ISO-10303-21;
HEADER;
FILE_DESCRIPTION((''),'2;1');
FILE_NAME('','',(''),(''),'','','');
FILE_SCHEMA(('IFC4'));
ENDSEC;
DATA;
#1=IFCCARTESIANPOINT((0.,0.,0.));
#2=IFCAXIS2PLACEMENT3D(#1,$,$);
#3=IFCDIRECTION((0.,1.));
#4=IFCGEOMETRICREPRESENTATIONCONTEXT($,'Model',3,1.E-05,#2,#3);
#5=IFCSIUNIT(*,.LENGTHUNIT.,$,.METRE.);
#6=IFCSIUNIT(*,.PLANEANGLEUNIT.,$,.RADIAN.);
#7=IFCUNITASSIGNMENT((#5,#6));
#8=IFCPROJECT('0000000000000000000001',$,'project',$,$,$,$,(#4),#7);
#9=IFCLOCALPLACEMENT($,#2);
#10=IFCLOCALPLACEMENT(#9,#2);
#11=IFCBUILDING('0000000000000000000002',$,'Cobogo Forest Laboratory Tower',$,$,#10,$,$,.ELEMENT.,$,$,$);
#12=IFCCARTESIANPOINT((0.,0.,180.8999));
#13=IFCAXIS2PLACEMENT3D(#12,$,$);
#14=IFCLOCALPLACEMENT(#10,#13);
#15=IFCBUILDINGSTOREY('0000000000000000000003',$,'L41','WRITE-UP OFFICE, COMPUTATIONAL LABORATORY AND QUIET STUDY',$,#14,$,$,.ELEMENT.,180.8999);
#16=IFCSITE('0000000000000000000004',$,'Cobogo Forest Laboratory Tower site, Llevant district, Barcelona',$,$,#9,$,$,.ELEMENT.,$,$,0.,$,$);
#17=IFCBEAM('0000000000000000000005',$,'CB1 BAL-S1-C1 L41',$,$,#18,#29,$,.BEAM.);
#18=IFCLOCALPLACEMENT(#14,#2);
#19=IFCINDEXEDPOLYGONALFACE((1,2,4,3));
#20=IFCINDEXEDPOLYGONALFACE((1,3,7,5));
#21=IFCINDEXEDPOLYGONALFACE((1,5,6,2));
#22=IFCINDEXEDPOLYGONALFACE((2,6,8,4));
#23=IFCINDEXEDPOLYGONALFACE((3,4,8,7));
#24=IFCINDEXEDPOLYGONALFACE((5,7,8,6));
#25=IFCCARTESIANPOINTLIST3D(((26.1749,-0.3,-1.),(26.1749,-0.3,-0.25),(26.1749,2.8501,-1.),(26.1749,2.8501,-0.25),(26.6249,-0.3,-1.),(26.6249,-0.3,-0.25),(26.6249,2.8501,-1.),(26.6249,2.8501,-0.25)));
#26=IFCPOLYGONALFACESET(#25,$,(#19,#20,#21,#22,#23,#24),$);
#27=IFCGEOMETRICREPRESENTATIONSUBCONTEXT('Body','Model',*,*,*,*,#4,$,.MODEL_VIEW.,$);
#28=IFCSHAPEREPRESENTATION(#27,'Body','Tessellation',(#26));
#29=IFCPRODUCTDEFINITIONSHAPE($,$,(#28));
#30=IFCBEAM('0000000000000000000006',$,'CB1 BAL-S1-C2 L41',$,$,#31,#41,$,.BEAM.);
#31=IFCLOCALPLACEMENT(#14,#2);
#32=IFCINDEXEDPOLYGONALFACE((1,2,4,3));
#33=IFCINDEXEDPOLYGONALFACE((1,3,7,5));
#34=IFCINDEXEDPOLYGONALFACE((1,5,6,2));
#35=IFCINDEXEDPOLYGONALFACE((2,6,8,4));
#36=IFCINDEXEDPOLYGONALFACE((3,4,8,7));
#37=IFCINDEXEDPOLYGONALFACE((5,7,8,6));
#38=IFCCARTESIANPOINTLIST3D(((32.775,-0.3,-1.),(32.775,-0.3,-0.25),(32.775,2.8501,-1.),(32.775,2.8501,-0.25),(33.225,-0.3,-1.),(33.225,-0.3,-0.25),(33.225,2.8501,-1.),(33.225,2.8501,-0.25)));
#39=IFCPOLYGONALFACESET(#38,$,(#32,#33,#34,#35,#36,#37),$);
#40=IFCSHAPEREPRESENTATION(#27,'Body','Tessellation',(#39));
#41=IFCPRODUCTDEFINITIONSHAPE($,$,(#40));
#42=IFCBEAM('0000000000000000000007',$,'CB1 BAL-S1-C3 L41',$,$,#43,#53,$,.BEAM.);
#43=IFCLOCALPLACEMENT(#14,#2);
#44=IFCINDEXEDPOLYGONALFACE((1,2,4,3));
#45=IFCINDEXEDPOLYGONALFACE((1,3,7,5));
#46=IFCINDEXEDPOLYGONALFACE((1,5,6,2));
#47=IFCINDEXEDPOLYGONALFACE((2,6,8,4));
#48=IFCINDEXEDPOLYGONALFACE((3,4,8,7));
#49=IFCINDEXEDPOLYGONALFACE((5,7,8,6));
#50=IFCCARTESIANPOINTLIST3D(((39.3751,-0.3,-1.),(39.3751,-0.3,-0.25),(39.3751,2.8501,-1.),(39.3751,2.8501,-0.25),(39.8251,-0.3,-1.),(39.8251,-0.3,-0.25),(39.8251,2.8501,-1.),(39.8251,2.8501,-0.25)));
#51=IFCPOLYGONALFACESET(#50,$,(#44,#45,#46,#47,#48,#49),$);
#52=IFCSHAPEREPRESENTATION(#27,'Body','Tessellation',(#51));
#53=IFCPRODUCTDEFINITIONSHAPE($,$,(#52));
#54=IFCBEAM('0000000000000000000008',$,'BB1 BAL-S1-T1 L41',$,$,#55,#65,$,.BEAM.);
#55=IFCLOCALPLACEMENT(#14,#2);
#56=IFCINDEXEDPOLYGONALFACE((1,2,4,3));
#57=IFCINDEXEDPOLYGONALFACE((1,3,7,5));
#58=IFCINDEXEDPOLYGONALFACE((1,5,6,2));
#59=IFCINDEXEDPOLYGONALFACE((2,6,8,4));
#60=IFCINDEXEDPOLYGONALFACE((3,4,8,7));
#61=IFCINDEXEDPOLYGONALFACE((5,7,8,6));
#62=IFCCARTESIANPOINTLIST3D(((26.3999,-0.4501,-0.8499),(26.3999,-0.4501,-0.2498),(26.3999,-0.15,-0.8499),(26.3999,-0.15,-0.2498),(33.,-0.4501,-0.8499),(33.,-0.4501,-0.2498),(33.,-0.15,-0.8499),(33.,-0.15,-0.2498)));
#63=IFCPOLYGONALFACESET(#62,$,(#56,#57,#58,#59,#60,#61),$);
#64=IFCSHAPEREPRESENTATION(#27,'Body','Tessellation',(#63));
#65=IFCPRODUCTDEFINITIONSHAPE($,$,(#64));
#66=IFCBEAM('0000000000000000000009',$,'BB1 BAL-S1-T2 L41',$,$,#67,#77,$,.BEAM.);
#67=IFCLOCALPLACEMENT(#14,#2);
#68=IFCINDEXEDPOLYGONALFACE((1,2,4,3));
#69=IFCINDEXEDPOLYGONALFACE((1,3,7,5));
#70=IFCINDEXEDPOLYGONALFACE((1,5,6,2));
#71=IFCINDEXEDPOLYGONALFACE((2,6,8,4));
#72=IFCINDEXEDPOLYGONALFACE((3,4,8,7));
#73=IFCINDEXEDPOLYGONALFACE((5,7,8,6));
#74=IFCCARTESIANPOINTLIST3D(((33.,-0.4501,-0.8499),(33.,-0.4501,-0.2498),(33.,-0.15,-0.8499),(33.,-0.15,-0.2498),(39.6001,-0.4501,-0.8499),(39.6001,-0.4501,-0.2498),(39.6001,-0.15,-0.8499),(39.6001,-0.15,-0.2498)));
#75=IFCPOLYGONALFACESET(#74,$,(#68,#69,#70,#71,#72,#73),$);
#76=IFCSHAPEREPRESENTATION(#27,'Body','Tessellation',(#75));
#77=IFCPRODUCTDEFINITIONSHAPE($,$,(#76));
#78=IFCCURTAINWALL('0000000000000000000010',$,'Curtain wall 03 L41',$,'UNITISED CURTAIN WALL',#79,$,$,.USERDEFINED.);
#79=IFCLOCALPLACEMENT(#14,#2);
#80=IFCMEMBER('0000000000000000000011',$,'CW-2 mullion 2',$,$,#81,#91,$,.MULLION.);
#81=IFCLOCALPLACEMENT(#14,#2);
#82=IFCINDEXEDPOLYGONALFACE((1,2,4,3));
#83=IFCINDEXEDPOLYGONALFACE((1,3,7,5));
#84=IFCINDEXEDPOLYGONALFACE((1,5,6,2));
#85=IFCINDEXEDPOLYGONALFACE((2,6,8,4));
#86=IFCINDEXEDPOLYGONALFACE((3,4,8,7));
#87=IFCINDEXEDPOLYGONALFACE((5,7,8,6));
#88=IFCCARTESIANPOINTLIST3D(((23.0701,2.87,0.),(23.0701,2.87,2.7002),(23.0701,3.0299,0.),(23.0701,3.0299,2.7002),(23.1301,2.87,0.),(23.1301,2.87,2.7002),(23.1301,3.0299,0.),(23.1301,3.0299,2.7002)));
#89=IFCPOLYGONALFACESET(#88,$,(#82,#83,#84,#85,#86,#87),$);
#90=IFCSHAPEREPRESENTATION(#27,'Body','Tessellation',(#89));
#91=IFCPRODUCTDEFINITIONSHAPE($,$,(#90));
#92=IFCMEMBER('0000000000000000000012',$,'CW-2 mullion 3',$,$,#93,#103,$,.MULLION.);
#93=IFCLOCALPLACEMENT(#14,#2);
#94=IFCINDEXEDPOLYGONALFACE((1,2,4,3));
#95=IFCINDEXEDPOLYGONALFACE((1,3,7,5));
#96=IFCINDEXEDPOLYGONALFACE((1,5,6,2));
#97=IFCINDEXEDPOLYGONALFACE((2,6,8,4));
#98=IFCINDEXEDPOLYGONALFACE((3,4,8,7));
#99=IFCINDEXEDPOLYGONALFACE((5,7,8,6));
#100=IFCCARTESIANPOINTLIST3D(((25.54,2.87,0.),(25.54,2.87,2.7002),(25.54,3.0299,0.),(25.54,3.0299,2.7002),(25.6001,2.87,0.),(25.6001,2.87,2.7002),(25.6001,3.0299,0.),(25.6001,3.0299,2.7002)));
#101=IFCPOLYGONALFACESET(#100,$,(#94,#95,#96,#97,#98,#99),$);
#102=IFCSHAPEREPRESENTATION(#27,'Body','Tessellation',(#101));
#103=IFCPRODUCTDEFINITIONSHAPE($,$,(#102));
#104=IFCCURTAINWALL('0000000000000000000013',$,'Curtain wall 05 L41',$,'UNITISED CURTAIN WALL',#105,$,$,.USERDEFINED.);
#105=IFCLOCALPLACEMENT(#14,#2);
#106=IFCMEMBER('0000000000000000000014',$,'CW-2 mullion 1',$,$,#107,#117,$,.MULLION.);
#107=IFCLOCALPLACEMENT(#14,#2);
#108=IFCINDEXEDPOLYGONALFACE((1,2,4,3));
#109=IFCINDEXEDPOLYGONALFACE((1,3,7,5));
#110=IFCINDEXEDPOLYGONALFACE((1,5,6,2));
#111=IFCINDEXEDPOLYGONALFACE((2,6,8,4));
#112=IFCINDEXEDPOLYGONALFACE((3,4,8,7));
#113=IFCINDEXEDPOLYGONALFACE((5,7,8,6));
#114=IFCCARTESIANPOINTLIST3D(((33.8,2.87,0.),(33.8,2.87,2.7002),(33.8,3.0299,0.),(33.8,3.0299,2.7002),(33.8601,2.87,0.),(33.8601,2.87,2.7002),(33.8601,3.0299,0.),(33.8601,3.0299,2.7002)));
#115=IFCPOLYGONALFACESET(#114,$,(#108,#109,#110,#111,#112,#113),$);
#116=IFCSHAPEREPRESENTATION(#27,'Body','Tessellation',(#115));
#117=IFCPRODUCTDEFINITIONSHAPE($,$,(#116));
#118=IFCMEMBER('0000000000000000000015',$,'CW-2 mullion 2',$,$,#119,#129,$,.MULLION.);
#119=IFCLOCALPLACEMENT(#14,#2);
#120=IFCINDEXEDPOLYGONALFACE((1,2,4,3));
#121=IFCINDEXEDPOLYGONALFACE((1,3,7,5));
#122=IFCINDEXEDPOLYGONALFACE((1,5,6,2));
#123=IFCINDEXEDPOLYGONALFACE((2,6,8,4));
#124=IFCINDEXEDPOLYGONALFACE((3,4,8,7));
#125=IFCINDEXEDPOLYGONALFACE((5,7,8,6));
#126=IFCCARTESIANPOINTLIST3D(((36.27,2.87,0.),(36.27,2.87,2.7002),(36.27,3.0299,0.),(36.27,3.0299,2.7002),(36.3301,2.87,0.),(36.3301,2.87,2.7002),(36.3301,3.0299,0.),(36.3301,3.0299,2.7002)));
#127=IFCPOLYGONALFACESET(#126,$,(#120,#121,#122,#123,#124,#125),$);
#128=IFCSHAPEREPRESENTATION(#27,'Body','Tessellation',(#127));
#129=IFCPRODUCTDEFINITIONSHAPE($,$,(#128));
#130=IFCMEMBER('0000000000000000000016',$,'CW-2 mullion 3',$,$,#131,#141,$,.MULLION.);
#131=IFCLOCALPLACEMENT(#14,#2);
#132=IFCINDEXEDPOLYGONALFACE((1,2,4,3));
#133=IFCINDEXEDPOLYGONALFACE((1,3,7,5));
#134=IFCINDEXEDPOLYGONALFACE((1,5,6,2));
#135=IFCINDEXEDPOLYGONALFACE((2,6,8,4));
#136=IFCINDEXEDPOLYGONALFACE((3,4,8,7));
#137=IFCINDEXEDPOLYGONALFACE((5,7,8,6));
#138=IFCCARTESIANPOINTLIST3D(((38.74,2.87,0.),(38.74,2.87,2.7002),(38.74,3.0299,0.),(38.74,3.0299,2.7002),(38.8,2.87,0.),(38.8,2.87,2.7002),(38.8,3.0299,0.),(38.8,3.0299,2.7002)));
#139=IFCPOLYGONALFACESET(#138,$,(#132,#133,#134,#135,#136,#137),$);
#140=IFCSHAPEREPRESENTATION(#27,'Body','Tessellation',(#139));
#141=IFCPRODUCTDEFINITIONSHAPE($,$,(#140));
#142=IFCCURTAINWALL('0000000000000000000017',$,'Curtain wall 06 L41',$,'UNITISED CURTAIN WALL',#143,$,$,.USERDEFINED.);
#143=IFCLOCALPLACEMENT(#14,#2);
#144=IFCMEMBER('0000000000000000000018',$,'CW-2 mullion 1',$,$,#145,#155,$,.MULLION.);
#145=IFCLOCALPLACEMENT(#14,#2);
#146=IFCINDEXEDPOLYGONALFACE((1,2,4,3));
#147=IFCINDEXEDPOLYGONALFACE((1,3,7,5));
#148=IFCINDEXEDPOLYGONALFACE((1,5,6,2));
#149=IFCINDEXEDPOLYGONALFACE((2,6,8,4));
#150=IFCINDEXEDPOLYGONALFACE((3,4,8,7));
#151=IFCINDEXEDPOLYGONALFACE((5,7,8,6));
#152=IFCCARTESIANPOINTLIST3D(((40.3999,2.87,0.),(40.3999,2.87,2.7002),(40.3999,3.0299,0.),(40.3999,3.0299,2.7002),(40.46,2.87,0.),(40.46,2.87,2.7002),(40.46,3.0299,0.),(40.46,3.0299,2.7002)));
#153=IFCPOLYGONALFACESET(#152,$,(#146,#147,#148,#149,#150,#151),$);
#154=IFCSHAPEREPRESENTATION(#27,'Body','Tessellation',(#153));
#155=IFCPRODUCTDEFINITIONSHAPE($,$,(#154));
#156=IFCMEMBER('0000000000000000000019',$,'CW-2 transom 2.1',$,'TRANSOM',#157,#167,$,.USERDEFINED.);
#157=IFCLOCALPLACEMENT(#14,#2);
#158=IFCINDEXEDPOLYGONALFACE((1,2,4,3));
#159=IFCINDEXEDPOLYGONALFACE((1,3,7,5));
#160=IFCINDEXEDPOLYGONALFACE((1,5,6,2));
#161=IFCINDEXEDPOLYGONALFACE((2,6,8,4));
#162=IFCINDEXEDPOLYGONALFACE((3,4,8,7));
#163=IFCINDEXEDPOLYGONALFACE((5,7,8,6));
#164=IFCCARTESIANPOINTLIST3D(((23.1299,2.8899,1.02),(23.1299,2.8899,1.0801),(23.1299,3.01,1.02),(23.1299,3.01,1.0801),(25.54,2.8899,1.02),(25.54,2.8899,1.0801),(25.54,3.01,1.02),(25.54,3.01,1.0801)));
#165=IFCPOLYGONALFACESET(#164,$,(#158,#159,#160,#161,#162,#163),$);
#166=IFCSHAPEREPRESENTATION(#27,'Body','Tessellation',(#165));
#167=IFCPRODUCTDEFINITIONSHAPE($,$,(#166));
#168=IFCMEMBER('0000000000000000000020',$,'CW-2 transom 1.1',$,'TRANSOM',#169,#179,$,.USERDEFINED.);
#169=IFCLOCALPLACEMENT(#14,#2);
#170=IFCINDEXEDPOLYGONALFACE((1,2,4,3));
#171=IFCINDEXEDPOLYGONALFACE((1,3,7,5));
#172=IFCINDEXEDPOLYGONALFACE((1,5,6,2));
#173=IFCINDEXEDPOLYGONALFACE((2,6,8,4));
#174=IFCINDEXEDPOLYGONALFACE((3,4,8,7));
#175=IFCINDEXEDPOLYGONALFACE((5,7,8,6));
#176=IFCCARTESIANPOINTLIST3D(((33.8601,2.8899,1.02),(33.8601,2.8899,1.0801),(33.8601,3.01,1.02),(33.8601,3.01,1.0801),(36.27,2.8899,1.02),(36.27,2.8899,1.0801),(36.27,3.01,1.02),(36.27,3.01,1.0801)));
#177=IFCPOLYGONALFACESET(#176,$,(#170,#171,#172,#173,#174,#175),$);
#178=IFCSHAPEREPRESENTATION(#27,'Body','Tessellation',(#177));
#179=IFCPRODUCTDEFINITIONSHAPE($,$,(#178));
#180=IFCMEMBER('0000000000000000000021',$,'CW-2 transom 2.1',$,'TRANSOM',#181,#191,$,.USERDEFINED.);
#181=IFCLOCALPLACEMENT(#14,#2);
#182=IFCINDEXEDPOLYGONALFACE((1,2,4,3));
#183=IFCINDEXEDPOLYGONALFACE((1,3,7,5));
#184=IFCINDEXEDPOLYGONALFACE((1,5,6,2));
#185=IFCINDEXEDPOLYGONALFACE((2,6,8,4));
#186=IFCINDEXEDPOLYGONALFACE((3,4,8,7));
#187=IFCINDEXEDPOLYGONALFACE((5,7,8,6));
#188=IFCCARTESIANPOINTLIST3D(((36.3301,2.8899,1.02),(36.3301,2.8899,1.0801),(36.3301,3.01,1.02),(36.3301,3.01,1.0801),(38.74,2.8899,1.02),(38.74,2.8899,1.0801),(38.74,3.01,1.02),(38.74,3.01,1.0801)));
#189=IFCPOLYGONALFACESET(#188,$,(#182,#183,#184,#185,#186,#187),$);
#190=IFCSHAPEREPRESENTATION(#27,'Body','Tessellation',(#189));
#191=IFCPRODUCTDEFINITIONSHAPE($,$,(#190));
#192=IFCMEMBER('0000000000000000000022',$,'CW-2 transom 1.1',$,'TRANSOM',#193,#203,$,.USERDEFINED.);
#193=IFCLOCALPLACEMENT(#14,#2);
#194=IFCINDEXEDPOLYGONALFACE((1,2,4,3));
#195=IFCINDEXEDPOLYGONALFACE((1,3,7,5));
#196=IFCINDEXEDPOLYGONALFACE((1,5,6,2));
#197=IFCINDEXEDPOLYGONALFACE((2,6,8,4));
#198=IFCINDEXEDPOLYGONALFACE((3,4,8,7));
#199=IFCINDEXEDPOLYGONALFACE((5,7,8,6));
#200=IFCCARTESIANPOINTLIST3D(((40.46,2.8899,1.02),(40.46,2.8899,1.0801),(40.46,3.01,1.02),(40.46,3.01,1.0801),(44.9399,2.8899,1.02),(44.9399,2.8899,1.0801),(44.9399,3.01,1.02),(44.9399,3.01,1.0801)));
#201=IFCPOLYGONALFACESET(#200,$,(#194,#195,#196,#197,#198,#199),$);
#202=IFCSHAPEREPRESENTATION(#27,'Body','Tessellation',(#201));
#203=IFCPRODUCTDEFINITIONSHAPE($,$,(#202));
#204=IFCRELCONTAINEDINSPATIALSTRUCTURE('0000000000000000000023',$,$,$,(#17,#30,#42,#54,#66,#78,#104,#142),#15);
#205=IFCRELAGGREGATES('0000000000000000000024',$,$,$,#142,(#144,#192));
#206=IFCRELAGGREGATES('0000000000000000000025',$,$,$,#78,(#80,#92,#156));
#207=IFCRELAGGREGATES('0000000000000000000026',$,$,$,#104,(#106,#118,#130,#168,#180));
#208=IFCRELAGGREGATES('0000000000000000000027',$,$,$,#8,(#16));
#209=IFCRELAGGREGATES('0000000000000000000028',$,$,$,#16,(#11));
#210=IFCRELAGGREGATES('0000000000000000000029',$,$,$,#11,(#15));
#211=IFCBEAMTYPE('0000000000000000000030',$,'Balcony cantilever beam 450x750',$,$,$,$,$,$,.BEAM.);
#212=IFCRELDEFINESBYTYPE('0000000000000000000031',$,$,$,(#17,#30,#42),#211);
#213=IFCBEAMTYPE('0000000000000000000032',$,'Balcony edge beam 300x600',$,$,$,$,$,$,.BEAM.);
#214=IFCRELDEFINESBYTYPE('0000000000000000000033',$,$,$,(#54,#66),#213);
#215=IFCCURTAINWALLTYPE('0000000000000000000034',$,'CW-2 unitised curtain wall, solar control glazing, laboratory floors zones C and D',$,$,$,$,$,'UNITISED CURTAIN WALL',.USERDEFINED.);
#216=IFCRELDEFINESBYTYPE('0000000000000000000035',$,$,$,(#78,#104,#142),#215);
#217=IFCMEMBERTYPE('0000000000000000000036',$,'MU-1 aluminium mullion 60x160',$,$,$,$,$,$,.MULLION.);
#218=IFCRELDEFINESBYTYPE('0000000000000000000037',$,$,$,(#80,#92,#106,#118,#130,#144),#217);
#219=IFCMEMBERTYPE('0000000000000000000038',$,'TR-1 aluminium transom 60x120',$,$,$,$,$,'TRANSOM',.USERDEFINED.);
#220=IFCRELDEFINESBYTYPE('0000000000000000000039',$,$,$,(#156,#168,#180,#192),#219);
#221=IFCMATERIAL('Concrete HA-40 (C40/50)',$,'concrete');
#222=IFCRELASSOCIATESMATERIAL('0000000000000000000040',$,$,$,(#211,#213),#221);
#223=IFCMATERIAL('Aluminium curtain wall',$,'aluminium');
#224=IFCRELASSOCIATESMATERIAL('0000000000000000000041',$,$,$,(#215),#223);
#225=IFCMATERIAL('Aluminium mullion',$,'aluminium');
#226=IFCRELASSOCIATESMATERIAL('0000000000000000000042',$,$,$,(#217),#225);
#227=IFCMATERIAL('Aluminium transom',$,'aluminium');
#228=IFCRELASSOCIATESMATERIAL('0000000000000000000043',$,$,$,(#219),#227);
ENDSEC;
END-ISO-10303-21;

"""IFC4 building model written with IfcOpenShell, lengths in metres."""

from ifc_helpers import new_model, si_unit, direction, frame, origin, origin_2d, place, context, subcontext, project, spatial, rectangle, extrude, material, material_profile, profile_set, type_object, element, aggregate, save


model = new_model("IFC4")

# Units and contexts
model_context = context("Model", 3, precision=1e-05, world=origin(), true_north=direction((0.0, 1.0)))
body_context = subcontext(model_context, "Body", "Model", "MODEL_VIEW")
ifc_project = project(units=[si_unit("LENGTHUNIT", "METRE"), si_unit("PLANEANGLEUNIT", "RADIAN")], contexts=[model_context])

# Site, building, storey
site_placement = place(None, origin())
site = spatial("IfcSite", under=ifc_project, at=site_placement, Name="Cobogo Forest Laboratory Tower site, Llevant district, Barcelona", CompositionType="ELEMENT", RefElevation=0.0)
building_placement = place(site_placement, origin())
building = spatial("IfcBuilding", under=site, at=building_placement, Name="Cobogo Forest Laboratory Tower", CompositionType="ELEMENT")
storey_placement = place(building_placement, frame((0.0, 0.0, 180.8999)))
storey = spatial("IfcBuildingStorey", under=building, at=storey_placement, Name="L41", Description="WRITE-UP OFFICE, COMPUTATIONAL LABORATORY AND QUIET STUDY", CompositionType="ELEMENT", Elevation=180.8999)

# Beams
ifc_material_1 = material(Name="Concrete HA-40 (C40/50)", Category="concrete")
ifc_material_profile_1 = material_profile(ifc_material_1, rectangle(XDim=0.45, YDim=0.75, at=origin_2d()), Name="RC 450x750")
ifc_profile_set_1 = profile_set([ifc_material_profile_1], Name="Concrete HA-40 (C40/50)")
beam_type_1 = type_object("IfcBeamType", Name="Balcony cantilever beam 450x750", PredefinedType="BEAM", material=ifc_profile_set_1)
for number, where, z_axis, x_axis, name in (
    (1, (26.3999, 2.8501, -0.625), (0.0, -1.0, 0.0), (1.0, 0.0, 0.0), "CB1 BAL-S1-C1 L41"),
    (2, (33.0, 2.8501, -0.625), (0.0, -1.0, 0.0), (1.0, 0.0, 0.0), "CB1 BAL-S1-C2 L41"),
    (3, (39.6001, 2.8501, -0.625), (0.0, -1.0, 0.0), (1.0, 0.0, 0.0), "CB1 BAL-S1-C3 L41"),
):
    element("IfcBeam", number, at=place(storey_placement, frame(where, z_axis=z_axis, x_axis=x_axis)), inside=storey, type_object=beam_type_1, Name=name, PredefinedType="BEAM", context=body_context, shape_type="SweptSolid", body=[
        extrude(rectangle(XDim=0.45, YDim=0.75, at=origin_2d()), origin(), (0.0, 0.0, 1.0), 3.1501),
    ])
ifc_material_profile_2 = material_profile(ifc_material_1, rectangle(XDim=0.3, YDim=0.6001, at=origin_2d()), Name="RC 300x600")
ifc_profile_set_2 = profile_set([ifc_material_profile_2], Name="Concrete HA-40 (C40/50)")
beam_type_2 = type_object("IfcBeamType", Name="Balcony edge beam 300x600", PredefinedType="BEAM", material=ifc_profile_set_2)
for number, where, z_axis, x_axis, name in (
    (4, (26.3999, -0.3, -0.5498), (1.0, 0.0, 0.0), (0.0, 1.0, 0.0), "BB1 BAL-S1-T1 L41"),
    (5, (33.0, -0.3, -0.5498), (1.0, 0.0, 0.0), (0.0, 1.0, 0.0), "BB1 BAL-S1-T2 L41"),
):
    element("IfcBeam", number, at=place(storey_placement, frame(where, z_axis=z_axis, x_axis=x_axis)), inside=storey, type_object=beam_type_2, Name=name, PredefinedType="BEAM", context=body_context, shape_type="SweptSolid", body=[
        extrude(rectangle(XDim=0.3, YDim=0.6001, at=origin_2d()), origin(), (0.0, 0.0, 1.0), 6.6001),
    ])

# Curtain walls, members
ifc_material_2 = material(Name="Aluminium curtain wall", Category="aluminium")
curtain_wall_type = type_object("IfcCurtainWallType", Name="CW-2 unitised curtain wall, solar control glazing, laboratory floors zones C and D", ElementType="UNITISED CURTAIN WALL", PredefinedType="USERDEFINED", material=ifc_material_2)
curtain_wall_1_placement = place(storey_placement, origin())
curtain_wall_1 = element("IfcCurtainWall", 6, at=curtain_wall_1_placement, inside=storey, type_object=curtain_wall_type, Name="Curtain wall 03 L41", ObjectType="UNITISED CURTAIN WALL", PredefinedType="USERDEFINED")
ifc_material_3 = material(Name="Aluminium mullion", Category="aluminium")
ifc_material_profile_3 = material_profile(ifc_material_3, rectangle(XDim=0.0601, YDim=0.1599, at=origin_2d()), Name="AL 60x160")
ifc_profile_set_3 = profile_set([ifc_material_profile_3], Name="Aluminium mullion")
member_type_1 = type_object("IfcMemberType", Name="MU-1 aluminium mullion 60x160", PredefinedType="MULLION", material=ifc_profile_set_3)
member_1_placement = place(storey_placement, frame((23.1001, 2.95, 0.0), z_axis=(0.0, 0.0, 1.0), x_axis=(1.0, 0.0, 0.0)))
member_1 = element("IfcMember", 7, at=member_1_placement, type_object=member_type_1, Name="CW-2 mullion 2", PredefinedType="MULLION", context=body_context, shape_type="SweptSolid", body=[
    extrude(rectangle(XDim=0.0601, YDim=0.1599, at=origin_2d()), origin(), (0.0, 0.0, 1.0), 2.7002),
])
member_2_placement = place(storey_placement, frame((25.5701, 2.95, 0.0), z_axis=(0.0, 0.0, 1.0), x_axis=(1.0, 0.0, 0.0)))
member_2 = element("IfcMember", 8, at=member_2_placement, type_object=member_type_1, Name="CW-2 mullion 3", PredefinedType="MULLION", context=body_context, shape_type="SweptSolid", body=[
    extrude(rectangle(XDim=0.0601, YDim=0.1599, at=origin_2d()), origin(), (0.0, 0.0, 1.0), 2.7002),
])
curtain_wall_2_placement = place(storey_placement, origin())
curtain_wall_2 = element("IfcCurtainWall", 9, at=curtain_wall_2_placement, inside=storey, type_object=curtain_wall_type, Name="Curtain wall 05 L41", ObjectType="UNITISED CURTAIN WALL", PredefinedType="USERDEFINED")
member_3_placement = place(storey_placement, frame((33.8301, 2.95, 0.0), z_axis=(0.0, 0.0, 1.0), x_axis=(1.0, 0.0, 0.0)))
member_3 = element("IfcMember", 10, at=member_3_placement, type_object=member_type_1, Name="CW-2 mullion 1", PredefinedType="MULLION", context=body_context, shape_type="SweptSolid", body=[
    extrude(rectangle(XDim=0.0601, YDim=0.1599, at=origin_2d()), origin(), (0.0, 0.0, 1.0), 2.7002),
])
member_4_placement = place(storey_placement, frame((36.3, 2.95, 0.0), z_axis=(0.0, 0.0, 1.0), x_axis=(1.0, 0.0, 0.0)))
member_4 = element("IfcMember", 11, at=member_4_placement, type_object=member_type_1, Name="CW-2 mullion 2", PredefinedType="MULLION", context=body_context, shape_type="SweptSolid", body=[
    extrude(rectangle(XDim=0.0601, YDim=0.1599, at=origin_2d()), origin(), (0.0, 0.0, 1.0), 2.7002),
])
member_5_placement = place(storey_placement, frame((38.77, 2.95, 0.0), z_axis=(0.0, 0.0, 1.0), x_axis=(1.0, 0.0, 0.0)))
member_5 = element("IfcMember", 12, at=member_5_placement, type_object=member_type_1, Name="CW-2 mullion 3", PredefinedType="MULLION", context=body_context, shape_type="SweptSolid", body=[
    extrude(rectangle(XDim=0.0601, YDim=0.1599, at=origin_2d()), origin(), (0.0, 0.0, 1.0), 2.7002),
])

# Curtain wall, member
curtain_wall_3_placement = place(storey_placement, origin())
curtain_wall_3 = element("IfcCurtainWall", 13, at=curtain_wall_3_placement, inside=storey, type_object=curtain_wall_type, Name="Curtain wall 06 L41", ObjectType="UNITISED CURTAIN WALL", PredefinedType="USERDEFINED")
member_6_placement = place(storey_placement, frame((40.4299, 2.95, 0.0), z_axis=(0.0, 0.0, 1.0), x_axis=(1.0, 0.0, 0.0)))
member_6 = element("IfcMember", 14, at=member_6_placement, type_object=member_type_1, Name="CW-2 mullion 1", PredefinedType="MULLION", context=body_context, shape_type="SweptSolid", body=[
    extrude(rectangle(XDim=0.0601, YDim=0.1599, at=origin_2d()), origin(), (0.0, 0.0, 1.0), 2.7002),
])

# Members
ifc_material_4 = material(Name="Aluminium transom", Category="aluminium")
ifc_material_profile_4 = material_profile(ifc_material_4, rectangle(XDim=0.1201, YDim=0.0601, at=origin_2d()), Name="AL 60x120")
ifc_profile_set_4 = profile_set([ifc_material_profile_4], Name="Aluminium transom")
member_type_2 = type_object("IfcMemberType", Name="TR-1 aluminium transom 60x120", ElementType="TRANSOM", PredefinedType="USERDEFINED", material=ifc_profile_set_4)
member_7_placement = place(storey_placement, frame((23.1299, 2.95, 1.05), z_axis=(1.0, 0.0, 0.0), x_axis=(0.0, 1.0, 0.0)))
member_7 = element("IfcMember", 15, at=member_7_placement, type_object=member_type_2, Name="CW-2 transom 2.1", ObjectType="TRANSOM", PredefinedType="USERDEFINED", context=body_context, shape_type="SweptSolid", body=[
    extrude(rectangle(XDim=0.1201, YDim=0.0601, at=origin_2d()), origin(), (0.0, 0.0, 1.0), 2.4102),
])
member_8_placement = place(storey_placement, frame((33.8601, 2.95, 1.05), z_axis=(1.0, 0.0, 0.0), x_axis=(0.0, 1.0, 0.0)))
member_8 = element("IfcMember", 16, at=member_8_placement, type_object=member_type_2, Name="CW-2 transom 1.1", ObjectType="TRANSOM", PredefinedType="USERDEFINED", context=body_context, shape_type="SweptSolid", body=[
    extrude(rectangle(XDim=0.1201, YDim=0.0601, at=origin_2d()), origin(), (0.0, 0.0, 1.0), 2.4099),
])
member_9_placement = place(storey_placement, frame((36.3301, 2.95, 1.05), z_axis=(1.0, 0.0, 0.0), x_axis=(0.0, 1.0, 0.0)))
member_9 = element("IfcMember", 17, at=member_9_placement, type_object=member_type_2, Name="CW-2 transom 2.1", ObjectType="TRANSOM", PredefinedType="USERDEFINED", context=body_context, shape_type="SweptSolid", body=[
    extrude(rectangle(XDim=0.1201, YDim=0.0601, at=origin_2d()), origin(), (0.0, 0.0, 1.0), 2.4099),
])
member_10_placement = place(storey_placement, frame((40.46, 2.95, 1.05), z_axis=(1.0, 0.0, 0.0), x_axis=(0.0, 1.0, 0.0)))
member_10 = element("IfcMember", 18, at=member_10_placement, type_object=member_type_2, Name="CW-2 transom 1.1", ObjectType="TRANSOM", PredefinedType="USERDEFINED", context=body_context, shape_type="SweptSolid", body=[
    extrude(rectangle(XDim=0.1201, YDim=0.0601, at=origin_2d()), origin(), (0.0, 0.0, 1.0), 4.48),
])
aggregate(curtain_wall_3, [member_6, member_10])

aggregate(curtain_wall_1, [member_1, member_2, member_7])
aggregate(curtain_wall_2, [member_3, member_4, member_5, member_8, member_9])

save(model, "model.ifc")
